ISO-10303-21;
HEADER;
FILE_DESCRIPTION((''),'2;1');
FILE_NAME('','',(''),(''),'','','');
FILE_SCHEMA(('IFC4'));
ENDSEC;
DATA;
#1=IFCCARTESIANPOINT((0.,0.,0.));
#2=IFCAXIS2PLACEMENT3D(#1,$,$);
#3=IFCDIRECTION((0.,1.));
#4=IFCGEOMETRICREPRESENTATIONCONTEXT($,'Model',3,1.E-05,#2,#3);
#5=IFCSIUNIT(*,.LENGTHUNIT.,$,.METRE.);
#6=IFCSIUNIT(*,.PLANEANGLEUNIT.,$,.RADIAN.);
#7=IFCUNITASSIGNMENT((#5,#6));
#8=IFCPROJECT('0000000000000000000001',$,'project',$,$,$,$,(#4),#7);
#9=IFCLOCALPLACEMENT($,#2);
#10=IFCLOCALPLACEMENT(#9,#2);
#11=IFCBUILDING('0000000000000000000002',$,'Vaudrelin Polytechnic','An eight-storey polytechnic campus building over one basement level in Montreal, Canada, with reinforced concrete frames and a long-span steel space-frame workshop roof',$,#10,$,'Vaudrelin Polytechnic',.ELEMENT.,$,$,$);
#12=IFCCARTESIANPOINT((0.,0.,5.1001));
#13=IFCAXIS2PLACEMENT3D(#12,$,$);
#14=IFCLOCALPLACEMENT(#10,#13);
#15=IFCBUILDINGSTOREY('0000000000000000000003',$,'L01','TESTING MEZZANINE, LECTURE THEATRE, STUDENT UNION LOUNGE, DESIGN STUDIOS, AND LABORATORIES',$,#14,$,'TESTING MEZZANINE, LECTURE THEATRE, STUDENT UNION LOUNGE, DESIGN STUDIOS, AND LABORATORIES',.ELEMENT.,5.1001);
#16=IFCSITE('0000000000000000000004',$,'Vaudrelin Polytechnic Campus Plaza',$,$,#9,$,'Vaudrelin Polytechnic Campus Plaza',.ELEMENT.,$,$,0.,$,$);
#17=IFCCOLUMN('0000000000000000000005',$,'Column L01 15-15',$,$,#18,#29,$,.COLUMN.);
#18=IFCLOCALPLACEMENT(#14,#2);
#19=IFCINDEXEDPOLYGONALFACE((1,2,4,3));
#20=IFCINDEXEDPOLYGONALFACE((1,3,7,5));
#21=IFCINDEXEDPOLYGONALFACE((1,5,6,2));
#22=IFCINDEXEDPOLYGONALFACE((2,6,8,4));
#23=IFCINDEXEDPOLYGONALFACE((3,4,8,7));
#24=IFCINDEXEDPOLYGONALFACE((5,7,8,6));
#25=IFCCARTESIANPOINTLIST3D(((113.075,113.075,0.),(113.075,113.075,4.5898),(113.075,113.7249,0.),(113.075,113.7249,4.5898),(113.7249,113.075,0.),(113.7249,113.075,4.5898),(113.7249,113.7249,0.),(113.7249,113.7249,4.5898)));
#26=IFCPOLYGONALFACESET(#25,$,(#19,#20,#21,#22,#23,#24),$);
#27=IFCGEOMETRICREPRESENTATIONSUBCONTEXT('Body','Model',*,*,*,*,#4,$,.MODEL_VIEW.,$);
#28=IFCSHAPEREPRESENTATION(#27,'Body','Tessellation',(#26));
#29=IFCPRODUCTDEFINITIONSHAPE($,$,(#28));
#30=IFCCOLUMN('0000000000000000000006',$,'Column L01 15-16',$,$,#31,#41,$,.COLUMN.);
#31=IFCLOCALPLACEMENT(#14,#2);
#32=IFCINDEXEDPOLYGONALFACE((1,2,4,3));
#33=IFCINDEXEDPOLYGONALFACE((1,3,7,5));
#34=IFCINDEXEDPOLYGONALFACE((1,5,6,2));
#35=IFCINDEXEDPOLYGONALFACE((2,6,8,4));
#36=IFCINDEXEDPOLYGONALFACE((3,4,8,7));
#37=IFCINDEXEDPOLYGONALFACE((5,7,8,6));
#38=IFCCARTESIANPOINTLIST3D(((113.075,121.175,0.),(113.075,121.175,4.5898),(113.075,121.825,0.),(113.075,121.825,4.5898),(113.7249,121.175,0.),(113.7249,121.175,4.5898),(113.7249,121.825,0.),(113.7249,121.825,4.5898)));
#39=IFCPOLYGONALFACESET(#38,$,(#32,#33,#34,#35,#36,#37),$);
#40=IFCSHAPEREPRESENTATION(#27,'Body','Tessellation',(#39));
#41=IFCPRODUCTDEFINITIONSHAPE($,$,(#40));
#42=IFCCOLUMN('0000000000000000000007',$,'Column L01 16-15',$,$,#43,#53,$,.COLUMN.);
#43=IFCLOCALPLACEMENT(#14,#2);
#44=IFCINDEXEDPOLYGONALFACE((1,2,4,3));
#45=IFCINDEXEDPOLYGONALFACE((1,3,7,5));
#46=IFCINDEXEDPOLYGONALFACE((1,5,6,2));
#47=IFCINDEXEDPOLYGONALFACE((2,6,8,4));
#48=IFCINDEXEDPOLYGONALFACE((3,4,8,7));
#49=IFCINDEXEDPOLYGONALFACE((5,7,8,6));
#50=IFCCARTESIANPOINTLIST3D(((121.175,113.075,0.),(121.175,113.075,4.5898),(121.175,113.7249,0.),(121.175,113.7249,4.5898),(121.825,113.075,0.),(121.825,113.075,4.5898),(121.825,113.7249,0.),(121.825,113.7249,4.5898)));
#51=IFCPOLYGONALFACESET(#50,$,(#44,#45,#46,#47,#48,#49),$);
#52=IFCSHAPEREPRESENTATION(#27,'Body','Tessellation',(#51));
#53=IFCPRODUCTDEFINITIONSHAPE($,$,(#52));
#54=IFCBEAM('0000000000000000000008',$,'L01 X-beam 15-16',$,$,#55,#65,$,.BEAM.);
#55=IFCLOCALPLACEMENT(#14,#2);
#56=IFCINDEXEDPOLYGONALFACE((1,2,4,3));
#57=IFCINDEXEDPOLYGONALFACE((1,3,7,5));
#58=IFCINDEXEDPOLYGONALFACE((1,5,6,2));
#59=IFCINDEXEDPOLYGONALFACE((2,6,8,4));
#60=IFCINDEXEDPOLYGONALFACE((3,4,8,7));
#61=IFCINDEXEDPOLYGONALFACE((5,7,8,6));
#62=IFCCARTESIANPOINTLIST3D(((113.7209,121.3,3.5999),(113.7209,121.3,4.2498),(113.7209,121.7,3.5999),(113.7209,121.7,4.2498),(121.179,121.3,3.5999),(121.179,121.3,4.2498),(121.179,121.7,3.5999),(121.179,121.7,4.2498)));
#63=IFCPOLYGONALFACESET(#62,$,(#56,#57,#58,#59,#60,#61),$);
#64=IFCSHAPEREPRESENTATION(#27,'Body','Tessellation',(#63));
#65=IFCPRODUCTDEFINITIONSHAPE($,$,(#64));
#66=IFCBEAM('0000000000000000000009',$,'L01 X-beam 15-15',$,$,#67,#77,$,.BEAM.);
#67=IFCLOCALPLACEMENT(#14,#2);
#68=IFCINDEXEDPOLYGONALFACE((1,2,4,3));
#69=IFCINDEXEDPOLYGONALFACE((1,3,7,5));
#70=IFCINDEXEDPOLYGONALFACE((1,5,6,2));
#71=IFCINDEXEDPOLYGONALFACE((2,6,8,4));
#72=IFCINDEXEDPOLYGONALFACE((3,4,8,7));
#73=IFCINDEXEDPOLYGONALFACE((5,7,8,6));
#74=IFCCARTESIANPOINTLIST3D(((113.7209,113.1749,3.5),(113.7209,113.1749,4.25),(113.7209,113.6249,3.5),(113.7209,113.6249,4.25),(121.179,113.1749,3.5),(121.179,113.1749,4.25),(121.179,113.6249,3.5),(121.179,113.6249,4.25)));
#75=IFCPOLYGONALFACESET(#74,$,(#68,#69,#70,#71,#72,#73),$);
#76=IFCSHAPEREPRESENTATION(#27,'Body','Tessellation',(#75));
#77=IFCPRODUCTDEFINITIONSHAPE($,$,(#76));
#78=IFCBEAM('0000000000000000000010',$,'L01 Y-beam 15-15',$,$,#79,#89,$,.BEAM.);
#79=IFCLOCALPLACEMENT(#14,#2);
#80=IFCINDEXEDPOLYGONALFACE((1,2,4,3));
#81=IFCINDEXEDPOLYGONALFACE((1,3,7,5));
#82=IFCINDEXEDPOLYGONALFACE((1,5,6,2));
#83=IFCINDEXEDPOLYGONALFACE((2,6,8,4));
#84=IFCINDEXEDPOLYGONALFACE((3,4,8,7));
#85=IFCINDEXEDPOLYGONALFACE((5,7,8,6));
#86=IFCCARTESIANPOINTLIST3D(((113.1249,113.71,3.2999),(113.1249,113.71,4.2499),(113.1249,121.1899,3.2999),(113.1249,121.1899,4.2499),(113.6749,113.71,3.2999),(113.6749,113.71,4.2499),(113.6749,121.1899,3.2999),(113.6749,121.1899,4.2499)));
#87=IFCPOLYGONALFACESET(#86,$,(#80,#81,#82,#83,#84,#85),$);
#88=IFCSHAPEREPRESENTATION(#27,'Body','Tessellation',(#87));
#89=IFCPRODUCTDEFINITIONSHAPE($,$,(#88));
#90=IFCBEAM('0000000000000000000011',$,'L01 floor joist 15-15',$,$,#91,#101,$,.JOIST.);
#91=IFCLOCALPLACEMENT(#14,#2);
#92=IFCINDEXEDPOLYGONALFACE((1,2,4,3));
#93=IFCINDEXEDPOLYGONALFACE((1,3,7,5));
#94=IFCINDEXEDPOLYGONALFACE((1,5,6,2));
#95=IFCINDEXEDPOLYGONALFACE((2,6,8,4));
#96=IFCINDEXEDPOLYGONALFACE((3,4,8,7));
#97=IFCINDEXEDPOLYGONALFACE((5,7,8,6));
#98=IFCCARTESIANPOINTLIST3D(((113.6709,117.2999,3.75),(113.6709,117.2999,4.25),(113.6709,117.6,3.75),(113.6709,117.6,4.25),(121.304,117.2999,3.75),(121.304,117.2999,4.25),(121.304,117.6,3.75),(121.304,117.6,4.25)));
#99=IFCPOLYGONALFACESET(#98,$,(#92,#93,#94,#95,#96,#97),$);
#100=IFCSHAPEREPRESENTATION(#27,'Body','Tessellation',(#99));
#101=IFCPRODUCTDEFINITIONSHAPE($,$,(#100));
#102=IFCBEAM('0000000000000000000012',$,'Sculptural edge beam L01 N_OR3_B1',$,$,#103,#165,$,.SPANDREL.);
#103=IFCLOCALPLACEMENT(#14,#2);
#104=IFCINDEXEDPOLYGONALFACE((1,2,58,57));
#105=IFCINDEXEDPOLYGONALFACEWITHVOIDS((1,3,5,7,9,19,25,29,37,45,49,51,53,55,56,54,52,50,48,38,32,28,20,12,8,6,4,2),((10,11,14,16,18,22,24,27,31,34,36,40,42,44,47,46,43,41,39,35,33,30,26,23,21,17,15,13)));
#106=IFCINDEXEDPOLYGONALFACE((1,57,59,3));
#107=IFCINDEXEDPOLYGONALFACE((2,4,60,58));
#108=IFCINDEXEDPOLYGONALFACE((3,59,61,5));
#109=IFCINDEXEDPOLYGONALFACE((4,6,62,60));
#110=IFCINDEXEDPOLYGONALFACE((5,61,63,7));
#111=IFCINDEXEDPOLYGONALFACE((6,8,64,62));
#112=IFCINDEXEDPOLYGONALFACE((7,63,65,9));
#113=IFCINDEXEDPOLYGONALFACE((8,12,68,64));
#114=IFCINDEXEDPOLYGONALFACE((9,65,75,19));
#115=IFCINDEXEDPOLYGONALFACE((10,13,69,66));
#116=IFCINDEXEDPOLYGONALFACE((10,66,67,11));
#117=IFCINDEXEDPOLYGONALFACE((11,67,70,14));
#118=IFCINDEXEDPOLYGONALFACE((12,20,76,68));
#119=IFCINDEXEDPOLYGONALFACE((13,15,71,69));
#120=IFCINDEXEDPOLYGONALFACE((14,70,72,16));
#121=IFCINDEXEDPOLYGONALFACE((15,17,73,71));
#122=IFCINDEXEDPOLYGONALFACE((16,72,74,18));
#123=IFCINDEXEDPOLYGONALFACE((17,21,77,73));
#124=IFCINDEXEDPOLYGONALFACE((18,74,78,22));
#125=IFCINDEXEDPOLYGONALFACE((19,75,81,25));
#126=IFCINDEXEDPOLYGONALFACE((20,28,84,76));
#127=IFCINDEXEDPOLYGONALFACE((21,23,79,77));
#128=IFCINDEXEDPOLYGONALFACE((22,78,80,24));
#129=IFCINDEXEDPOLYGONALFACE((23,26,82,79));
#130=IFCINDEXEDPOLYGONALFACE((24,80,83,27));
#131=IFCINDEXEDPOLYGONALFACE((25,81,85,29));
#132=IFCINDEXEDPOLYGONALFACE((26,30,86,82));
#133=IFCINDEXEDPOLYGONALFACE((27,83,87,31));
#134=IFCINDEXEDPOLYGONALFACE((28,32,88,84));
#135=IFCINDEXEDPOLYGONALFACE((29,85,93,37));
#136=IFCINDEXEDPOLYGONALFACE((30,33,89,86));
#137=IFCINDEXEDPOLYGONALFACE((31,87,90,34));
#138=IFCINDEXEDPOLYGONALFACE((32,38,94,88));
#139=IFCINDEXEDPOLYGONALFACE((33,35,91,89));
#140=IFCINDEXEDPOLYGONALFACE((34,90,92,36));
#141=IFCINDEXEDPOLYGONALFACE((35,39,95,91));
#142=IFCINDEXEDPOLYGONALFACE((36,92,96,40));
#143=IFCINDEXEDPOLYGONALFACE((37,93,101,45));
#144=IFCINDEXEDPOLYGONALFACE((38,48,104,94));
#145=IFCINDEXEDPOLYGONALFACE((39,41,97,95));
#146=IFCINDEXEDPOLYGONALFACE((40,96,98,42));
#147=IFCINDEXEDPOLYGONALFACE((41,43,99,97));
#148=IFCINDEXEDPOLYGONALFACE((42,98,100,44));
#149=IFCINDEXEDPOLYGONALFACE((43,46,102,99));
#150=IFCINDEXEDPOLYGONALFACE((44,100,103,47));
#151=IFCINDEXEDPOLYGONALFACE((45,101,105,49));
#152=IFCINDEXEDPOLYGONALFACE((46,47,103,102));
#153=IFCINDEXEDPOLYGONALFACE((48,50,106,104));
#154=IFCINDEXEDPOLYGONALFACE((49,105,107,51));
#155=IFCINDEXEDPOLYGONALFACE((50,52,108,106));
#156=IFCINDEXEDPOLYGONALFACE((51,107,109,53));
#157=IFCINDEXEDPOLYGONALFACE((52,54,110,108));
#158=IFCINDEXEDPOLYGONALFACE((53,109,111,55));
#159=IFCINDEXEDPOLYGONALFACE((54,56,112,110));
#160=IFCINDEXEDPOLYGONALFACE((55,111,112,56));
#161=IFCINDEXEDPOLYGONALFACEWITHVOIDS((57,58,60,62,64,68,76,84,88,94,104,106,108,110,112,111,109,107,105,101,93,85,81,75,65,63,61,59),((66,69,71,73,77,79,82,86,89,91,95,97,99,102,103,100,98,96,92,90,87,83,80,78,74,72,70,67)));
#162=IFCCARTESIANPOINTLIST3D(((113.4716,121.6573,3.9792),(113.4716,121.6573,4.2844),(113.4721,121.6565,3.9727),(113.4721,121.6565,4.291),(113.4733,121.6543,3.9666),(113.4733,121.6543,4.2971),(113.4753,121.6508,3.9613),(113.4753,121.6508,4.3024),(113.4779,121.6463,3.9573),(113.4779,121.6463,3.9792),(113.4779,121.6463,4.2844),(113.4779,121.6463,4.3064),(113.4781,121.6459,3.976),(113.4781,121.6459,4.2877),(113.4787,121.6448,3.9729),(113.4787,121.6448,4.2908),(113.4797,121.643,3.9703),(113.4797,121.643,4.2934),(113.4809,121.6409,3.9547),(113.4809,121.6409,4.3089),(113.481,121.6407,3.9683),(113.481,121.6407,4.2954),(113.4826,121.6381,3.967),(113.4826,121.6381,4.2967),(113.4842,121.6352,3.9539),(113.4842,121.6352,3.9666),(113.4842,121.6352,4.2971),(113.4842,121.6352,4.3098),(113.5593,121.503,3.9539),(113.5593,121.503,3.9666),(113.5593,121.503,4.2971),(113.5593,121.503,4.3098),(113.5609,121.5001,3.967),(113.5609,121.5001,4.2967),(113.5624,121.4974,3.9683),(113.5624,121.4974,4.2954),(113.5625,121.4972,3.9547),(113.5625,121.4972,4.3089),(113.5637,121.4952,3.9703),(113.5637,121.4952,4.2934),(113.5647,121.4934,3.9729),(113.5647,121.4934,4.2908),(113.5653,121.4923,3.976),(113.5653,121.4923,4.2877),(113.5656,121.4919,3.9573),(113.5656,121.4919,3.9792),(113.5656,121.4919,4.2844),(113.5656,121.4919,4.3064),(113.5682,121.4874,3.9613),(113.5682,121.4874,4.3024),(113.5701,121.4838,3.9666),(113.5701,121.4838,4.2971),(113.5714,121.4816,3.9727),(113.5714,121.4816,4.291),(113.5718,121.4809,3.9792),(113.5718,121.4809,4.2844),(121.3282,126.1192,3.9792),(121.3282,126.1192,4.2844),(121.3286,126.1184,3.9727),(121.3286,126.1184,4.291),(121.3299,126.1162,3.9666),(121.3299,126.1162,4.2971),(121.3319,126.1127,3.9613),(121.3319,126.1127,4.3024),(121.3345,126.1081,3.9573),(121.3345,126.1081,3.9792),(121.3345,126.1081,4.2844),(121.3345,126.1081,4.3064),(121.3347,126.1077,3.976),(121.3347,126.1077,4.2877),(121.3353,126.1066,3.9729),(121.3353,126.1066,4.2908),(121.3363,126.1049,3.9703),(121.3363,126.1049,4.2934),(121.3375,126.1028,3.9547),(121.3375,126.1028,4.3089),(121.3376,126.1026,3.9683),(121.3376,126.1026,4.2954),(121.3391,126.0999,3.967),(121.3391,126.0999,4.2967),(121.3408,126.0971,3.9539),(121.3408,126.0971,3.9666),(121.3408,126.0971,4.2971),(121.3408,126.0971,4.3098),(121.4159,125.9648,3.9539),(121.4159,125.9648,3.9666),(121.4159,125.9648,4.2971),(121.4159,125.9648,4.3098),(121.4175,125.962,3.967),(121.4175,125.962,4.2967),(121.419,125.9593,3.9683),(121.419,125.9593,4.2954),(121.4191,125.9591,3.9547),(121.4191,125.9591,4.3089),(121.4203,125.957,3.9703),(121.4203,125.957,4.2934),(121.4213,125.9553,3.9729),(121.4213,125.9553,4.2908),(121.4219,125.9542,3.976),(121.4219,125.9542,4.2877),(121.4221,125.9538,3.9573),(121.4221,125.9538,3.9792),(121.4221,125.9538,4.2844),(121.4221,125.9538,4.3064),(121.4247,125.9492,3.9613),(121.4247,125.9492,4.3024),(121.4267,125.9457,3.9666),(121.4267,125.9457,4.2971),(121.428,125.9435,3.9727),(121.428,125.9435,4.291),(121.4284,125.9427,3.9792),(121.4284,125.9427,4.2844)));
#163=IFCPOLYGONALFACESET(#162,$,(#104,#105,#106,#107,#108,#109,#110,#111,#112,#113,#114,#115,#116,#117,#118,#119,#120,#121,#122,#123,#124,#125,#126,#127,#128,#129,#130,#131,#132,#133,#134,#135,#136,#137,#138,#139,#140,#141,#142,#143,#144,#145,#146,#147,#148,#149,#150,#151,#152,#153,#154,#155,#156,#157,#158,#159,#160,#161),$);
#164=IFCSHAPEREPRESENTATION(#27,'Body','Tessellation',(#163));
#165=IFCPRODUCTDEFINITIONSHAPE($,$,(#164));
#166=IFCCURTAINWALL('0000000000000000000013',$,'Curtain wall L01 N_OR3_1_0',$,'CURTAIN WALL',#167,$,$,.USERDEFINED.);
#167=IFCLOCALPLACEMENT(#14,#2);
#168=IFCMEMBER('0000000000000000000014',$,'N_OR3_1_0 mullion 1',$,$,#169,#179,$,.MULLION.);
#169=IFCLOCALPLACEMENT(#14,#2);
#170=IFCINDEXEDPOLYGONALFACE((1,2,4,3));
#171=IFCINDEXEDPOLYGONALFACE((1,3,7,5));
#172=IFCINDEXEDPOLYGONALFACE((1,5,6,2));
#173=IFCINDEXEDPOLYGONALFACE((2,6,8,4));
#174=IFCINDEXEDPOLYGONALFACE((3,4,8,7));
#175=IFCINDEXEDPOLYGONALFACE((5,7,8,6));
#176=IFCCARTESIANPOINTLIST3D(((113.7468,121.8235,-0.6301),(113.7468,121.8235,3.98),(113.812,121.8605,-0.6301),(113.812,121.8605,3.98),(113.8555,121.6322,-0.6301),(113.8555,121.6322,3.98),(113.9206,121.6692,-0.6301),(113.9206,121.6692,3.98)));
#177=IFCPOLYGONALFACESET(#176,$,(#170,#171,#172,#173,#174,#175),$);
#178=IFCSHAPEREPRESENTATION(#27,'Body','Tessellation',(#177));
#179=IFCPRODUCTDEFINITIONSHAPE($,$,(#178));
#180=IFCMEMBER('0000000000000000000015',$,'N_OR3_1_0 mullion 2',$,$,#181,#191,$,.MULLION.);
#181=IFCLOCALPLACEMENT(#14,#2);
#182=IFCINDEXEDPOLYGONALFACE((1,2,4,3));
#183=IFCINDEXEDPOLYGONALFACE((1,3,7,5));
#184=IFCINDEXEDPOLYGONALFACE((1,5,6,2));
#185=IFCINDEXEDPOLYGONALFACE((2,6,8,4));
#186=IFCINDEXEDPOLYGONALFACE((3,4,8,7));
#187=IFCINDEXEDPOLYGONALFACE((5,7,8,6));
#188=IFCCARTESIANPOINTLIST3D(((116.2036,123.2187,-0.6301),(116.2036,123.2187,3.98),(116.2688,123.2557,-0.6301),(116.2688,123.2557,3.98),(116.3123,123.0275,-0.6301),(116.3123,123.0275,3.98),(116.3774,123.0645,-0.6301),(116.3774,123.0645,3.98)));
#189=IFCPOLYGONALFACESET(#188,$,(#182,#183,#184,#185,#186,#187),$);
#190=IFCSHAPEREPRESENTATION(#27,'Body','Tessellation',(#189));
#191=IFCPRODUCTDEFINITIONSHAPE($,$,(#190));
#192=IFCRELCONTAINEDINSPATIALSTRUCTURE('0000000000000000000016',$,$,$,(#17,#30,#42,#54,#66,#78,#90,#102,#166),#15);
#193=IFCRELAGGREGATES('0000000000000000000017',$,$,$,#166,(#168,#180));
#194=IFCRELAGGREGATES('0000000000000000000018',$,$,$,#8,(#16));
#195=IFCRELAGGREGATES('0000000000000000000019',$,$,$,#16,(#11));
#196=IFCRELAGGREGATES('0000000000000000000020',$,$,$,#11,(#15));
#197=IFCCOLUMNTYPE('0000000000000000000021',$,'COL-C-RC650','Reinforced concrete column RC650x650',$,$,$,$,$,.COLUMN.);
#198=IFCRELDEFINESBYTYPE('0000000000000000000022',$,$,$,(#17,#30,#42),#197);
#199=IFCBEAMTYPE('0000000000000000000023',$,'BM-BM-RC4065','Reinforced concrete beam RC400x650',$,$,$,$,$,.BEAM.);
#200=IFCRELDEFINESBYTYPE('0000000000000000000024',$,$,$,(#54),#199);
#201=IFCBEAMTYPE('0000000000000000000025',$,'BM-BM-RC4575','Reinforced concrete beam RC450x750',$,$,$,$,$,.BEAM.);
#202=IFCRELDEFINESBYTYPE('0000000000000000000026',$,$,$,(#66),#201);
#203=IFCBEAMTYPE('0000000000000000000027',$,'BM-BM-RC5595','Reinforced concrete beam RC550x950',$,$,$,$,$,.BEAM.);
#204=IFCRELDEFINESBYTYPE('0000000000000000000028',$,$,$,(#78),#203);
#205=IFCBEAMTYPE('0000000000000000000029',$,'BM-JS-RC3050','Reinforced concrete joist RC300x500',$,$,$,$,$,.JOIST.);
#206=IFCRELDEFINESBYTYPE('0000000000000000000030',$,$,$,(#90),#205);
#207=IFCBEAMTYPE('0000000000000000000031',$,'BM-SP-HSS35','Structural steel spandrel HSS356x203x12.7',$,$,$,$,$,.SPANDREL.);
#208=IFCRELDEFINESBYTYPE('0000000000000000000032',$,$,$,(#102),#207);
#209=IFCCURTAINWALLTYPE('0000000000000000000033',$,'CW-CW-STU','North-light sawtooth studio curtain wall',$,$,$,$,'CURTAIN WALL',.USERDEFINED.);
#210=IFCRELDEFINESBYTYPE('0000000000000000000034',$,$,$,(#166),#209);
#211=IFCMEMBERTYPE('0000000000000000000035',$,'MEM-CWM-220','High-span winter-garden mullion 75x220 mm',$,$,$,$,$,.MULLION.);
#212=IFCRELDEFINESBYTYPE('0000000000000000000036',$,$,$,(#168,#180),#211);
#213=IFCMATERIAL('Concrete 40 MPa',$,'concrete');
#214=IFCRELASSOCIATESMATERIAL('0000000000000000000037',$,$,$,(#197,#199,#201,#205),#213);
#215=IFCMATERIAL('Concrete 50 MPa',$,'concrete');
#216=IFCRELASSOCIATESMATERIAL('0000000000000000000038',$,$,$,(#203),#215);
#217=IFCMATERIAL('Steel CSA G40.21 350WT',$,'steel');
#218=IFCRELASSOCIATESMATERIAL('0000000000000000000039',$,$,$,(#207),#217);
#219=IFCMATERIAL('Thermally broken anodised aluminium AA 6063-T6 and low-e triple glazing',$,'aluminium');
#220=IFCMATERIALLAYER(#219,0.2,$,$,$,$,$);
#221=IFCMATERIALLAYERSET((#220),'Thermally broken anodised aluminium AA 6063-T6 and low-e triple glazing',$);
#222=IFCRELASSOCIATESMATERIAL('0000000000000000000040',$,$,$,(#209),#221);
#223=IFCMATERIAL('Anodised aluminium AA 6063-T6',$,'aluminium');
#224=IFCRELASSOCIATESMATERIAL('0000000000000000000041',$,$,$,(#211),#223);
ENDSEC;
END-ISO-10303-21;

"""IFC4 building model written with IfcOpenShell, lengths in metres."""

from ifc_helpers import new_model, si_unit, direction, frame, origin, origin_2d, place, context, subcontext, project, spatial, rectangle, hollow_rectangle, extrude, material, layer, layer_set, material_profile, profile_set, type_object, element, aggregate, save


model = new_model("IFC4")

# Units and contexts
model_context = context("Model", 3, precision=1e-05, world=origin(), true_north=direction((0.0, 1.0)))
body_context = subcontext(model_context, "Body", "Model", "MODEL_VIEW")
ifc_project = project(units=[si_unit("LENGTHUNIT", "METRE"), si_unit("PLANEANGLEUNIT", "RADIAN")], contexts=[model_context])

# Site, building, storey
site_placement = place(None, origin())
site = spatial("IfcSite", under=ifc_project, at=site_placement, Name="Vaudrelin Polytechnic Campus Plaza", LongName="Vaudrelin Polytechnic Campus Plaza", CompositionType="ELEMENT", RefElevation=0.0)
building_placement = place(site_placement, origin())
building = spatial("IfcBuilding", under=site, at=building_placement, Name="Vaudrelin Polytechnic", Description="An eight-storey polytechnic campus building over one basement level in Montreal, Canada, with reinforced concrete frames and a long-span steel space-frame workshop roof", LongName="Vaudrelin Polytechnic", CompositionType="ELEMENT")
storey_placement = place(building_placement, frame((0.0, 0.0, 5.1001)))
storey = spatial("IfcBuildingStorey", under=building, at=storey_placement, Name="L01", Description="TESTING MEZZANINE, LECTURE THEATRE, STUDENT UNION LOUNGE, DESIGN STUDIOS, AND LABORATORIES", LongName="TESTING MEZZANINE, LECTURE THEATRE, STUDENT UNION LOUNGE, DESIGN STUDIOS, AND LABORATORIES", CompositionType="ELEMENT", Elevation=5.1001)

# Columns
ifc_material_1 = material(Name="Concrete 40 MPa", Category="concrete")
ifc_material_profile_1 = material_profile(ifc_material_1, rectangle(XDim=0.6499, YDim=0.6499, at=origin_2d()), Name="RC650x650")
ifc_profile_set_1 = profile_set([ifc_material_profile_1], Name="Concrete 40 MPa")
column_type = type_object("IfcColumnType", Name="COL-C-RC650", Description="Reinforced concrete column RC650x650", PredefinedType="COLUMN", material=ifc_profile_set_1)
for number, where, z_axis, x_axis, name in (
    (1, (113.3999, 113.3999, 0.0), (0.0, 0.0, 1.0), (1.0, 0.0, 0.0), "Column L01 15-15"),
    (2, (113.3999, 121.5, 0.0), (0.0, 0.0, 1.0), (1.0, 0.0, 0.0), "Column L01 15-16"),
    (3, (121.5, 113.3999, 0.0), (0.0, 0.0, 1.0), (1.0, 0.0, 0.0), "Column L01 16-15"),
):
    element("IfcColumn", number, at=place(storey_placement, frame(where, z_axis=z_axis, x_axis=x_axis)), inside=storey, type_object=column_type, Name=name, PredefinedType="COLUMN", context=body_context, shape_type="SweptSolid", body=[
        extrude(rectangle(XDim=0.6499, YDim=0.6499, at=origin_2d()), origin(), (0.0, 0.0, 1.0), 4.5898),
    ])

# Beams
ifc_material_profile_2 = material_profile(ifc_material_1, rectangle(XDim=0.3999, YDim=0.6499, at=origin_2d()), Name="RC400x650")
ifc_profile_set_2 = profile_set([ifc_material_profile_2], Name="Concrete 40 MPa")
beam_type_1 = type_object("IfcBeamType", Name="BM-BM-RC4065", Description="Reinforced concrete beam RC400x650", PredefinedType="BEAM", material=ifc_profile_set_2)
beam_1_placement = place(storey_placement, frame((113.7209, 121.5, 3.9248), z_axis=(1.0, 0.0, 0.0), x_axis=(0.0, 1.0, 0.0)))
element("IfcBeam", 4, at=beam_1_placement, inside=storey, type_object=beam_type_1, Name="L01 X-beam 15-16", PredefinedType="BEAM", context=body_context, shape_type="SweptSolid", body=[
    extrude(rectangle(XDim=0.3999, YDim=0.6499, at=origin_2d()), origin(), (0.0, 0.0, 1.0), 7.458),
])
ifc_material_profile_3 = material_profile(ifc_material_1, rectangle(XDim=0.45, YDim=0.75, at=origin_2d()), Name="RC450x750")
ifc_profile_set_3 = profile_set([ifc_material_profile_3], Name="Concrete 40 MPa")
beam_type_2 = type_object("IfcBeamType", Name="BM-BM-RC4575", Description="Reinforced concrete beam RC450x750", PredefinedType="BEAM", material=ifc_profile_set_3)
beam_2_placement = place(storey_placement, frame((113.7209, 113.3999, 3.875), z_axis=(1.0, 0.0, 0.0), x_axis=(0.0, 1.0, 0.0)))
element("IfcBeam", 5, at=beam_2_placement, inside=storey, type_object=beam_type_2, Name="L01 X-beam 15-15", PredefinedType="BEAM", context=body_context, shape_type="SweptSolid", body=[
    extrude(rectangle(XDim=0.45, YDim=0.75, at=origin_2d()), origin(), (0.0, 0.0, 1.0), 7.458),
])
ifc_material_2 = material(Name="Concrete 50 MPa", Category="concrete")
ifc_material_profile_4 = material_profile(ifc_material_2, rectangle(XDim=0.55, YDim=0.95, at=origin_2d()), Name="RC550x950")
ifc_profile_set_4 = profile_set([ifc_material_profile_4], Name="Concrete 50 MPa")
beam_type_3 = type_object("IfcBeamType", Name="BM-BM-RC5595", Description="Reinforced concrete beam RC550x950", PredefinedType="BEAM", material=ifc_profile_set_4)
beam_3_placement = place(storey_placement, frame((113.3999, 113.71, 3.7749), z_axis=(0.0, 1.0, 0.0), x_axis=(-1.0, 0.0, 0.0)))
element("IfcBeam", 6, at=beam_3_placement, inside=storey, type_object=beam_type_3, Name="L01 Y-beam 15-15", PredefinedType="BEAM", context=body_context, shape_type="SweptSolid", body=[
    extrude(rectangle(XDim=0.55, YDim=0.95, at=origin_2d()), origin(), (0.0, 0.0, 1.0), 7.48),
])
ifc_material_profile_5 = material_profile(ifc_material_1, rectangle(XDim=0.3, YDim=0.5, at=origin_2d()), Name="RC300x500")
ifc_profile_set_5 = profile_set([ifc_material_profile_5], Name="Concrete 40 MPa")
beam_type_4 = type_object("IfcBeamType", Name="BM-JS-RC3050", Description="Reinforced concrete joist RC300x500", PredefinedType="JOIST", material=ifc_profile_set_5)
beam_4_placement = place(storey_placement, frame((113.6709, 117.45, 4.0), z_axis=(1.0, 0.0, 0.0), x_axis=(0.0, 1.0, 0.0)))
element("IfcBeam", 7, at=beam_4_placement, inside=storey, type_object=beam_type_4, Name="L01 floor joist 15-15", PredefinedType="JOIST", context=body_context, shape_type="SweptSolid", body=[
    extrude(rectangle(XDim=0.3, YDim=0.5, at=origin_2d()), origin(), (0.0, 0.0, 1.0), 7.6331),
])
ifc_material_3 = material(Name="Steel CSA G40.21 350WT", Category="steel")
ifc_material_profile_6 = material_profile(ifc_material_3, hollow_rectangle(XDim=0.2029, YDim=0.356, WallThickness=0.0127, InnerFilletRadius=0.0127, OuterFilletRadius=0.0254, at=origin_2d()), Name="HSS356x203x12.7")
ifc_profile_set_6 = profile_set([ifc_material_profile_6], Name="Steel CSA G40.21 350WT")
beam_type_5 = type_object("IfcBeamType", Name="BM-SP-HSS35", Description="Structural steel spandrel HSS356x203x12.7", PredefinedType="SPANDREL", material=ifc_profile_set_6)
beam_5_placement = place(storey_placement, frame((113.5217, 121.5691, 4.1318), z_axis=(0.869557, 0.493833, 0.0), x_axis=(-0.493833, 0.869557, 0.0)))
element("IfcBeam", 8, at=beam_5_placement, inside=storey, type_object=beam_type_5, Name="Sculptural edge beam L01 N_OR3_B1", PredefinedType="SPANDREL", context=body_context, shape_type="SweptSolid", body=[
    extrude(hollow_rectangle(XDim=0.2029, YDim=0.356, WallThickness=0.0127, InnerFilletRadius=0.0127, OuterFilletRadius=0.0254, at=origin_2d()), origin(), (0.0, 0.0, 1.0), 9.0352),
])

# Curtain wall, members
ifc_material_4 = material(Name="Thermally broken anodised aluminium AA 6063-T6 and low-e triple glazing", Category="aluminium")
ifc_layer_1 = layer(ifc_material_4, 0.2)
ifc_layer_set_1 = layer_set([ifc_layer_1], Name="Thermally broken anodised aluminium AA 6063-T6 and low-e triple glazing")
curtain_wall_type = type_object("IfcCurtainWallType", Name="CW-CW-STU", Description="North-light sawtooth studio curtain wall", ElementType="CURTAIN WALL", PredefinedType="USERDEFINED", material=ifc_layer_set_1)
curtain_wall_placement = place(storey_placement, origin())
curtain_wall = element("IfcCurtainWall", 9, at=curtain_wall_placement, inside=storey, type_object=curtain_wall_type, Name="Curtain wall L01 N_OR3_1_0", ObjectType="CURTAIN WALL", PredefinedType="USERDEFINED")
ifc_material_5 = material(Name="Anodised aluminium AA 6063-T6", Category="aluminium")
ifc_material_profile_7 = material_profile(ifc_material_5, rectangle(XDim=0.075, YDim=0.22, at=origin_2d()), Name="CWM-75x220")
ifc_profile_set_7 = profile_set([ifc_material_profile_7], Name="Anodised aluminium AA 6063-T6")
member_type_1 = type_object("IfcMemberType", Name="MEM-CWM-220", Description="High-span winter-garden mullion 75x220 mm", PredefinedType="MULLION", material=ifc_profile_set_7)
member_1_placement = place(storey_placement, frame((113.8337, 121.7463, -0.6301), z_axis=(0.0, 0.0, 1.0), x_axis=(0.869561, 0.493826, 0.0)))
member_1 = element("IfcMember", 10, at=member_1_placement, type_object=member_type_1, Name="N_OR3_1_0 mullion 1", PredefinedType="MULLION", context=body_context, shape_type="SweptSolid", body=[
    extrude(rectangle(XDim=0.075, YDim=0.22, at=origin_2d()), origin(), (0.0, 0.0, 1.0), 4.6101),
])
member_2_placement = place(storey_placement, frame((116.2905, 123.1416, -0.6301), z_axis=(0.0, 0.0, 1.0), x_axis=(0.869561, 0.493826, 0.0)))
member_2 = element("IfcMember", 11, at=member_2_placement, type_object=member_type_1, Name="N_OR3_1_0 mullion 2", PredefinedType="MULLION", context=body_context, shape_type="SweptSolid", body=[
    extrude(rectangle(XDim=0.075, YDim=0.22, at=origin_2d()), origin(), (0.0, 0.0, 1.0), 4.6101),
])
aggregate(curtain_wall, [member_1, member_2])

save(model, "model.ifc")
